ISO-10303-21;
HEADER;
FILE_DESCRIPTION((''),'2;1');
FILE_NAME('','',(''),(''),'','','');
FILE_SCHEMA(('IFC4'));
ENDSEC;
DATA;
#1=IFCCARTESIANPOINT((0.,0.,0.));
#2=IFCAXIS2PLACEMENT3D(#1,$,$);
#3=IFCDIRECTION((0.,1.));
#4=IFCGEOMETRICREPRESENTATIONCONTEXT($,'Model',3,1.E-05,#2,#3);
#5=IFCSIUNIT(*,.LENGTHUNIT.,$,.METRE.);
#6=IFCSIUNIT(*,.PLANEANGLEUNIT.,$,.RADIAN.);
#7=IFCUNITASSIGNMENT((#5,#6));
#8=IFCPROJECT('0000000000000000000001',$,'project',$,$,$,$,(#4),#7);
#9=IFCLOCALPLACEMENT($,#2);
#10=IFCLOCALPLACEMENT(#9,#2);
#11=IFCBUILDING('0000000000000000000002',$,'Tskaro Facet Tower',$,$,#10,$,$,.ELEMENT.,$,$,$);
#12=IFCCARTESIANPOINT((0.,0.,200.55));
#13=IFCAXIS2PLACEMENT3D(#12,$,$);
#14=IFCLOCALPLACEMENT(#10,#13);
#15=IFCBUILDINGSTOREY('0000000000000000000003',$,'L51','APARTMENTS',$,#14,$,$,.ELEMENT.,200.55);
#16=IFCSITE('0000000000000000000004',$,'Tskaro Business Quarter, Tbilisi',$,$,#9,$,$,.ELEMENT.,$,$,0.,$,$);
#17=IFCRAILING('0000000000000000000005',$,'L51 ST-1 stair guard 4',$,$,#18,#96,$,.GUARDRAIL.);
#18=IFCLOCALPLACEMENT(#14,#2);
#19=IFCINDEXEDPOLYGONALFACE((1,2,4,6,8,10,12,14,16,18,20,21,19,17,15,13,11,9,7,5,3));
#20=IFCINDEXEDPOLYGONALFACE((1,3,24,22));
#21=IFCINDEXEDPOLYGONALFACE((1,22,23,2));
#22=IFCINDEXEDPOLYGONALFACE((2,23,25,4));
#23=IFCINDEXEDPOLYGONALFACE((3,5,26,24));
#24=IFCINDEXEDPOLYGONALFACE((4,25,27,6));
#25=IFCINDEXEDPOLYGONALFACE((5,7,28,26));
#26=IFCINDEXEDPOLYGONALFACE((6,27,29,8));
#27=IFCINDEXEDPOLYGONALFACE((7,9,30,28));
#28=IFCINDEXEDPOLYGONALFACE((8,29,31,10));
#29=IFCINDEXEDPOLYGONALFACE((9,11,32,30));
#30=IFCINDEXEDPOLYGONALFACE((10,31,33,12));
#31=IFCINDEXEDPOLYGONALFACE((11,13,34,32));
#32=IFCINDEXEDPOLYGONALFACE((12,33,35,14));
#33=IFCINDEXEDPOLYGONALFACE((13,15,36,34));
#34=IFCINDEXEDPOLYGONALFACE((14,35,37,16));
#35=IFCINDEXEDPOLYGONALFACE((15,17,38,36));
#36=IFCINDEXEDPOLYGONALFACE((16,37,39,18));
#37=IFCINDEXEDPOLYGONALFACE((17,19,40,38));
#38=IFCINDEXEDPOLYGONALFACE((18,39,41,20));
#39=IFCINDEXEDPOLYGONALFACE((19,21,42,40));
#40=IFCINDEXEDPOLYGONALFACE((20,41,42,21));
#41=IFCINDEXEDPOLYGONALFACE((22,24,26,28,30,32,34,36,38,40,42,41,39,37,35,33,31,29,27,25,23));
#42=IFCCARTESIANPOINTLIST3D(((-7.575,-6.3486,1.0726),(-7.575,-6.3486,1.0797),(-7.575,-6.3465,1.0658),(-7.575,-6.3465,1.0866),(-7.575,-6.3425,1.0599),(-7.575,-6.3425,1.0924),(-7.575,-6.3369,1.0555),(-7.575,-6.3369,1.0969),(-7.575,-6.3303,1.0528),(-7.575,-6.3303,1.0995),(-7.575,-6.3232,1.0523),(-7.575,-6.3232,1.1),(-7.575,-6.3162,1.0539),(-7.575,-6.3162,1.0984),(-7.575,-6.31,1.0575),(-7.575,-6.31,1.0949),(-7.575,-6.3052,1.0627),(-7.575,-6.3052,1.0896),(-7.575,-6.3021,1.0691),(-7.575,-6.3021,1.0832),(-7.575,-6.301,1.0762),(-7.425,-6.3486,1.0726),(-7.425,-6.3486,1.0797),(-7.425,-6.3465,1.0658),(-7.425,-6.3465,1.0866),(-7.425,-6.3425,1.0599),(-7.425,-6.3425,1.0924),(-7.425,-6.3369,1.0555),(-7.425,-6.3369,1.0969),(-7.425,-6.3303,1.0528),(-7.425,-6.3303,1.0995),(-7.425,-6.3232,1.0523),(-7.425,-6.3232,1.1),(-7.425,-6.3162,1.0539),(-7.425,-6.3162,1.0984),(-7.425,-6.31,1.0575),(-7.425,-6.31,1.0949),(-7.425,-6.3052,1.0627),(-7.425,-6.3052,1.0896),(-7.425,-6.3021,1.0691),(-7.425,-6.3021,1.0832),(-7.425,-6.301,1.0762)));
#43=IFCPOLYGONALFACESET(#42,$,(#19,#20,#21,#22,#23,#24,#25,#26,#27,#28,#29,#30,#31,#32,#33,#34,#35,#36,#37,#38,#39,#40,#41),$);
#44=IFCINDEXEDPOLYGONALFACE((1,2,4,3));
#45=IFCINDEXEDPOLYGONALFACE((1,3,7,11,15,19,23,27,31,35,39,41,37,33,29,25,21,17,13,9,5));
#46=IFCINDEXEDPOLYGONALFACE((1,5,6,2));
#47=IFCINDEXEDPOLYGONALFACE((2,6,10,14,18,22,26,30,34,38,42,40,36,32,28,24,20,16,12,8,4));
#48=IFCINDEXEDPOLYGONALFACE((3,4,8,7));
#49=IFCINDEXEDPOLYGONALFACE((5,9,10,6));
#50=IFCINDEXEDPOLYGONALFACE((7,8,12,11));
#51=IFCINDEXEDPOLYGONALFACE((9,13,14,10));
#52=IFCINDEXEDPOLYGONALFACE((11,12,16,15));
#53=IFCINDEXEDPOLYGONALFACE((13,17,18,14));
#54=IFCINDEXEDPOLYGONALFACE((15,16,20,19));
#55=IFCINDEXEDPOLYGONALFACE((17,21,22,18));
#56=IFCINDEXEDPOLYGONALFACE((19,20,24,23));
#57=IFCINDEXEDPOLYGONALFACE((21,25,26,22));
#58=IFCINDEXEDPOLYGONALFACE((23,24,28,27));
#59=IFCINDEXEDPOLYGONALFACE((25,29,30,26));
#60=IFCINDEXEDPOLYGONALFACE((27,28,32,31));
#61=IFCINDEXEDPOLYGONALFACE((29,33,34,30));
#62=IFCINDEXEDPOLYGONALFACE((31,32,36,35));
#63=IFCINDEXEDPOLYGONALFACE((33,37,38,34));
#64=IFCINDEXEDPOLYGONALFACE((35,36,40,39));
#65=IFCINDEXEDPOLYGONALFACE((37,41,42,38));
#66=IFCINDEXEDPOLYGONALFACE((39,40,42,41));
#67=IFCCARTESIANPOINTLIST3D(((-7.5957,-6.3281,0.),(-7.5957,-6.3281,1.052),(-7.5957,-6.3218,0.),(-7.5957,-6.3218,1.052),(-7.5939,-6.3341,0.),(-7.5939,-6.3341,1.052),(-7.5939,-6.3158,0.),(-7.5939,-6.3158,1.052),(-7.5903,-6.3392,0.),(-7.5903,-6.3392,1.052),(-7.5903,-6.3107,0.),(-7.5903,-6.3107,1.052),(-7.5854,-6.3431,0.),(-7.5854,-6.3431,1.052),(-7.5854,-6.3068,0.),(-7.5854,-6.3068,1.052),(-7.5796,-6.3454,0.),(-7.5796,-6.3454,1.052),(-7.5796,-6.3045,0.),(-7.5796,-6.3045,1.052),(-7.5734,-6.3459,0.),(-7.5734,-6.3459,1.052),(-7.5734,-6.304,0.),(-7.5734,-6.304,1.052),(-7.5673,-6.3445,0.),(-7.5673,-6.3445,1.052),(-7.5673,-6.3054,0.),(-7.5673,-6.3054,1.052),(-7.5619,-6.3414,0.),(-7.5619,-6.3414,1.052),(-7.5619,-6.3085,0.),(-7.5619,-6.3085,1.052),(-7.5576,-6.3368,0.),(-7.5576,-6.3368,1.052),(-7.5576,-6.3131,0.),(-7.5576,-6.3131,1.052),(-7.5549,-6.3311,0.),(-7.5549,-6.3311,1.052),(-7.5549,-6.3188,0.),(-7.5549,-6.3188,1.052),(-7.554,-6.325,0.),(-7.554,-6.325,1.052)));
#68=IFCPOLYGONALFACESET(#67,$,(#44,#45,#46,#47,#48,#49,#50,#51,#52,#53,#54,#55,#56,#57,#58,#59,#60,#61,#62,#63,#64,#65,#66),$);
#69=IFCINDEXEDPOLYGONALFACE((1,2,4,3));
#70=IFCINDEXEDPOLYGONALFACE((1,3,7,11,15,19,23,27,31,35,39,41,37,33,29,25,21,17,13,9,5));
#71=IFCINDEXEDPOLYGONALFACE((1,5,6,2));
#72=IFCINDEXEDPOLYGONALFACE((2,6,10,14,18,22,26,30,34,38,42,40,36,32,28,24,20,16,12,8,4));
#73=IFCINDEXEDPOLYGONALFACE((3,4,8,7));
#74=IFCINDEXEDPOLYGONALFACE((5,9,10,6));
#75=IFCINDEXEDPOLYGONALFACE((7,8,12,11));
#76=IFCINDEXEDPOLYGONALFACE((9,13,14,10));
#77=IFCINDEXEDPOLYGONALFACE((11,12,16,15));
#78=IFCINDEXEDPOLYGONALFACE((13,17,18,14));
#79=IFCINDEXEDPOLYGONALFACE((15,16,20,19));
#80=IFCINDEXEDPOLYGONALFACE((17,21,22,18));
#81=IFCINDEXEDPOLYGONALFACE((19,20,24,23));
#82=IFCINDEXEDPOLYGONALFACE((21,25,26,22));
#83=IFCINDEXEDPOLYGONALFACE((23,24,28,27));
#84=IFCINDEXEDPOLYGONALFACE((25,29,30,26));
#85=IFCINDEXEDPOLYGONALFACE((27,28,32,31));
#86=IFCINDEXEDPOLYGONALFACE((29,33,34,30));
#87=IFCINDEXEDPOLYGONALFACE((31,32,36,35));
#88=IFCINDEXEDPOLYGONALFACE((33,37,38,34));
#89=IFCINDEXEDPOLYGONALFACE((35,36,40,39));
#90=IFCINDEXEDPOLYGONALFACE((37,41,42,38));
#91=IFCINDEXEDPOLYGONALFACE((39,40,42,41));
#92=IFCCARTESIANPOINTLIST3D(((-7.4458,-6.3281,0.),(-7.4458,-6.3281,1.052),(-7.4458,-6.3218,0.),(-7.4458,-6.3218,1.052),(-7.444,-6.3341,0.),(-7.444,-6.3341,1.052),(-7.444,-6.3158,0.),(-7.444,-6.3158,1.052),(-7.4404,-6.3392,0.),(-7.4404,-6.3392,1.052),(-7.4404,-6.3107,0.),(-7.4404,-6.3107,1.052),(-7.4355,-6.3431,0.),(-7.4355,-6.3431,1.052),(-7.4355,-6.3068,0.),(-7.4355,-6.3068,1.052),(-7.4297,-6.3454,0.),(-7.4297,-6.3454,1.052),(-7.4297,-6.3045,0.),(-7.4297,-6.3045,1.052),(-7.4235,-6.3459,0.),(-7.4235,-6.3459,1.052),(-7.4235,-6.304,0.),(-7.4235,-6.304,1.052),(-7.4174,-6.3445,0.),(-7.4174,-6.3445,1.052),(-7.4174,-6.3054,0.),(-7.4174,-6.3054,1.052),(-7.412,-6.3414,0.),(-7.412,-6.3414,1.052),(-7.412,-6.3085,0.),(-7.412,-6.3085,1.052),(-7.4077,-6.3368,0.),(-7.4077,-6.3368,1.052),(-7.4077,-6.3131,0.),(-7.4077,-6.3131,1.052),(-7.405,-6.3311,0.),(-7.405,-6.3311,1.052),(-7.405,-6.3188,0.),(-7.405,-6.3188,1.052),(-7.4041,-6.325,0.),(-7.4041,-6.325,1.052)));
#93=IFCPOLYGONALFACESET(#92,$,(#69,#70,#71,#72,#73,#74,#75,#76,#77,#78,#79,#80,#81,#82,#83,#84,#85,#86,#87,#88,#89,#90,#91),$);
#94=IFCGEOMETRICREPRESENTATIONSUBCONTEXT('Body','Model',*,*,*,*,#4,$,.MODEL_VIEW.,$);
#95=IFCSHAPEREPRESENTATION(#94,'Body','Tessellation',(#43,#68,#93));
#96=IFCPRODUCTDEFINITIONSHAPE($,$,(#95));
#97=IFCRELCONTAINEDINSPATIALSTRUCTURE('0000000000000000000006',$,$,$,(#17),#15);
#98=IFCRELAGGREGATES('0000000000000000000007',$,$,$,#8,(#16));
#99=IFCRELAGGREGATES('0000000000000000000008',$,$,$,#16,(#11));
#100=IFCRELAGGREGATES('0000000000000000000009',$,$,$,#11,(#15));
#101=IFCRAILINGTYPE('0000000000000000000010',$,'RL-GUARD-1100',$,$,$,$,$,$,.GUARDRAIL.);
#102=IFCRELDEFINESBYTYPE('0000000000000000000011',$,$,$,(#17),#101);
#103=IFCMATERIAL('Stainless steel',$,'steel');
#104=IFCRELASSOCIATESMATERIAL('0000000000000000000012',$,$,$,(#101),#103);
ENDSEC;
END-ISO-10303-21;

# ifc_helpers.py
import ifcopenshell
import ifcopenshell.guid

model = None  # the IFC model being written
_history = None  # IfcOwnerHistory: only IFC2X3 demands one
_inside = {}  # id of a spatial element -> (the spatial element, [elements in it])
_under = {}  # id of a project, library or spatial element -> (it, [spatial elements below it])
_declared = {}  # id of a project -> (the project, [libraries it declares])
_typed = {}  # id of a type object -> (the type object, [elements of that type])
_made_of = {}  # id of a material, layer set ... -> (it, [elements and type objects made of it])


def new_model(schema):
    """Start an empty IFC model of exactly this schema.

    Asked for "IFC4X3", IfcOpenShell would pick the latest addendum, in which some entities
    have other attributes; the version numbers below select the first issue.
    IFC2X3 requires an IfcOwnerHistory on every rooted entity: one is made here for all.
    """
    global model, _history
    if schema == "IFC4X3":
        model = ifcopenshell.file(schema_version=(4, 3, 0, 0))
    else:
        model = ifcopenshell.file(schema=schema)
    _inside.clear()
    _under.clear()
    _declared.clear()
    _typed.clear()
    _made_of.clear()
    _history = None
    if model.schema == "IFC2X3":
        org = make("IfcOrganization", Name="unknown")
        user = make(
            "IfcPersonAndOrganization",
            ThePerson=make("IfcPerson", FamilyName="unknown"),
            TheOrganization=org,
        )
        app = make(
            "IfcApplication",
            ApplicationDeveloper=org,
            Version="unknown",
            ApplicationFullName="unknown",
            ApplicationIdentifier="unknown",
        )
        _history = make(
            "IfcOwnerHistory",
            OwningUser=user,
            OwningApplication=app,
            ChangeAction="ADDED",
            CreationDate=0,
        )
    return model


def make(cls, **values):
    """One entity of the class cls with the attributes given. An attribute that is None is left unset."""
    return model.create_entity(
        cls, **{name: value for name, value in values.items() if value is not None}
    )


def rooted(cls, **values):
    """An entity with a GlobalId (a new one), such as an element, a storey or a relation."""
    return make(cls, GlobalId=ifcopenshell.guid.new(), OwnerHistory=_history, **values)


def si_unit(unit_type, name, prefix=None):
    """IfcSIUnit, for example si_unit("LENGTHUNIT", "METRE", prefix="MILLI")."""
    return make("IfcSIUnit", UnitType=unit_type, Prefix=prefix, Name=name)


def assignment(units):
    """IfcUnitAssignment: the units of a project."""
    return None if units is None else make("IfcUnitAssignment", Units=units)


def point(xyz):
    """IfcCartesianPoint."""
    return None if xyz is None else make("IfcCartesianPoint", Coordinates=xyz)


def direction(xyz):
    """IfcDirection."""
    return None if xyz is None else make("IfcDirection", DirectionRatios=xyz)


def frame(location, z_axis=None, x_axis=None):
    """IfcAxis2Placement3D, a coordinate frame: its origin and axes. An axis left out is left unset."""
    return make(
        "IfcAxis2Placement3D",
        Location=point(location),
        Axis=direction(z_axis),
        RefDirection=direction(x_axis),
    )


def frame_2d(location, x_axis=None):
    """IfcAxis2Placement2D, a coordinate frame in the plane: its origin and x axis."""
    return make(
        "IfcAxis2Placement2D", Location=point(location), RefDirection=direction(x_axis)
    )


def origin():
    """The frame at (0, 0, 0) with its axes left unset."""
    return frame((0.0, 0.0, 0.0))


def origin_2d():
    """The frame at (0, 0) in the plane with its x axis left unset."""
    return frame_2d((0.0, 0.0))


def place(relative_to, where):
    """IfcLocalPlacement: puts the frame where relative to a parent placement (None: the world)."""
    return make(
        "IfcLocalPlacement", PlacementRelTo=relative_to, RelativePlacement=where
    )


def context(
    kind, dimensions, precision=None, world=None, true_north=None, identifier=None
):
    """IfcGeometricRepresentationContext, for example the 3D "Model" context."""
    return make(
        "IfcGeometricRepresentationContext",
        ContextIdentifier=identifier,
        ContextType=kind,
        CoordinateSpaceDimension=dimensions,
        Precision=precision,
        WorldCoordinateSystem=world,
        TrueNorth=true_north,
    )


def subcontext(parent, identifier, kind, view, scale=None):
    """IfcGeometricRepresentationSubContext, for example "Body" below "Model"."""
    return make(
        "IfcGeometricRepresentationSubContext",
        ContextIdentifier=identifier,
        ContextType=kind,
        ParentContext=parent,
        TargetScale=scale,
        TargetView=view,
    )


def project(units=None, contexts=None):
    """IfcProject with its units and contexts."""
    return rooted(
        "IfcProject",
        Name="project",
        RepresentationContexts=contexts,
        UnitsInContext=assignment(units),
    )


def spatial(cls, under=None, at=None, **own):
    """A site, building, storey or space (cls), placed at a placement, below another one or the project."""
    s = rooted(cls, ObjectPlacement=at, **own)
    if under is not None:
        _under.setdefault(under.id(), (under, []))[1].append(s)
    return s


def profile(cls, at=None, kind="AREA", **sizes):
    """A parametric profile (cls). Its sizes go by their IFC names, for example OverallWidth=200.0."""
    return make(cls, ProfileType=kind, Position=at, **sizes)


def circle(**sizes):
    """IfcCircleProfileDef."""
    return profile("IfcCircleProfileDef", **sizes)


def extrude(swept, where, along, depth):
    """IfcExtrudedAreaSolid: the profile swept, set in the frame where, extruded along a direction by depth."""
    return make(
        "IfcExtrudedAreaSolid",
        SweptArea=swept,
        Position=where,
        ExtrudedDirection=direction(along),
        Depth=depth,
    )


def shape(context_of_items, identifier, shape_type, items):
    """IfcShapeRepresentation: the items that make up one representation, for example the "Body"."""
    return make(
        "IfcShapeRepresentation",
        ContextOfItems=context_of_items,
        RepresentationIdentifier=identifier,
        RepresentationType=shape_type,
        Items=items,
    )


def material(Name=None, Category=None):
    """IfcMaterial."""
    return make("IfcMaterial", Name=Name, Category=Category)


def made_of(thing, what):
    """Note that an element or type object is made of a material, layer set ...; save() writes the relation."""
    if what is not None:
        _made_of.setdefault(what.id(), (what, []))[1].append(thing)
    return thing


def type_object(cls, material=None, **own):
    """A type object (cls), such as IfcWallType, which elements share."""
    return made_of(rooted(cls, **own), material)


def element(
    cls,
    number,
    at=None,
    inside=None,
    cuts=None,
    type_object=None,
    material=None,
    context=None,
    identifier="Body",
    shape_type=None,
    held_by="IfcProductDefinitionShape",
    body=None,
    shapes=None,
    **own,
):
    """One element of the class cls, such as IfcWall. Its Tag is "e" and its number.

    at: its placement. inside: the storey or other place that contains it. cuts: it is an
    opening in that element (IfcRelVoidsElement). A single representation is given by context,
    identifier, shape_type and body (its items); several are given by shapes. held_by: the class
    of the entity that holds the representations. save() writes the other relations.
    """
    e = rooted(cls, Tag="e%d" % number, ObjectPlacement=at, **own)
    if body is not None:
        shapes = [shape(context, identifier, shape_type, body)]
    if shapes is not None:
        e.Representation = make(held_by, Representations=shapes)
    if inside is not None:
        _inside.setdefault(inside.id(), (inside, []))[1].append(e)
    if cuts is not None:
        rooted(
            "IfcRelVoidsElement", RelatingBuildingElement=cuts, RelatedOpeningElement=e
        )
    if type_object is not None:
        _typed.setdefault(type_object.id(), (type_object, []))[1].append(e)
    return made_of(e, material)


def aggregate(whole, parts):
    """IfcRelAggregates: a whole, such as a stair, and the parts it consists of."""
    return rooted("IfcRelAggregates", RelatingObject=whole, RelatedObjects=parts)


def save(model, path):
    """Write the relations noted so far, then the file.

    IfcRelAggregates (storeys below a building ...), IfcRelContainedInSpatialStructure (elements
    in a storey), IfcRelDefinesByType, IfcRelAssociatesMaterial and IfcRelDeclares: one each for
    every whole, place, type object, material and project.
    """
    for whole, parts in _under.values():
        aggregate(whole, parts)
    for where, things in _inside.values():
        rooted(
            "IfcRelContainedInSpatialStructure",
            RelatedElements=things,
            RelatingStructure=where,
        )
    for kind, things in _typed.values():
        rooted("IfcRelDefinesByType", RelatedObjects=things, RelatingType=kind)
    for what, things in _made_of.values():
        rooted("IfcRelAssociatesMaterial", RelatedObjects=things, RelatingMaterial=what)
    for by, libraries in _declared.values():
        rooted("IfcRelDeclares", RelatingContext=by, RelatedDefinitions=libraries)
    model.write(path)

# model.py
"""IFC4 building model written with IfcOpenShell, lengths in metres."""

from ifc_helpers import new_model, si_unit, direction, frame, origin, origin_2d, place, context, subcontext, project, spatial, circle, extrude, material, type_object, element, save


model = new_model("IFC4")

# Units and contexts
model_context = context("Model", 3, precision=1e-05, world=origin(), true_north=direction((0.0, 1.0)))
body_context = subcontext(model_context, "Body", "Model", "MODEL_VIEW")
ifc_project = project(units=[si_unit("LENGTHUNIT", "METRE"), si_unit("PLANEANGLEUNIT", "RADIAN")], contexts=[model_context])

# Site, building, storey
site_placement = place(None, origin())
site = spatial("IfcSite", under=ifc_project, at=site_placement, Name="Tskaro Business Quarter, Tbilisi", CompositionType="ELEMENT", RefElevation=0.0)
building_placement = place(site_placement, origin())
building = spatial("IfcBuilding", under=site, at=building_placement, Name="Tskaro Facet Tower", CompositionType="ELEMENT")
storey_placement = place(building_placement, frame((0.0, 0.0, 200.55)))
storey = spatial("IfcBuildingStorey", under=building, at=storey_placement, Name="L51", Description="APARTMENTS", CompositionType="ELEMENT", Elevation=200.55)

# Shared definitions
ifc_material_1 = material(Name="Stainless steel", Category="steel")

# Railing
railing_type_1 = type_object("IfcRailingType", Name="RL-GUARD-1100", PredefinedType="GUARDRAIL", material=ifc_material_1)
railing_1_placement = place(storey_placement, frame((-7.575, -6.325, 0.0)))
element("IfcRailing", 1, at=railing_1_placement, inside=storey, type_object=railing_type_1, Name="L51 ST-1 stair guard 4", PredefinedType="GUARDRAIL", context=body_context, shape_type="SweptSolid", body=[
    extrude(circle(Radius=0.0239, at=origin_2d()), frame((0.0, 0.0, 1.0762), z_axis=(1.0, 0.0, 0.0), x_axis=(0.0, 1.0, 0.0)), (0.0, 0.0, 1.0), 0.1499),
    extrude(circle(Radius=0.021, at=origin_2d()), origin(), (0.0, 0.0, 1.0), 1.052),
    extrude(circle(Radius=0.021, at=origin_2d()), frame((0.1499, 0.0, 0.0)), (0.0, 0.0, 1.0), 1.052),
])

save(model, "model.ifc")
